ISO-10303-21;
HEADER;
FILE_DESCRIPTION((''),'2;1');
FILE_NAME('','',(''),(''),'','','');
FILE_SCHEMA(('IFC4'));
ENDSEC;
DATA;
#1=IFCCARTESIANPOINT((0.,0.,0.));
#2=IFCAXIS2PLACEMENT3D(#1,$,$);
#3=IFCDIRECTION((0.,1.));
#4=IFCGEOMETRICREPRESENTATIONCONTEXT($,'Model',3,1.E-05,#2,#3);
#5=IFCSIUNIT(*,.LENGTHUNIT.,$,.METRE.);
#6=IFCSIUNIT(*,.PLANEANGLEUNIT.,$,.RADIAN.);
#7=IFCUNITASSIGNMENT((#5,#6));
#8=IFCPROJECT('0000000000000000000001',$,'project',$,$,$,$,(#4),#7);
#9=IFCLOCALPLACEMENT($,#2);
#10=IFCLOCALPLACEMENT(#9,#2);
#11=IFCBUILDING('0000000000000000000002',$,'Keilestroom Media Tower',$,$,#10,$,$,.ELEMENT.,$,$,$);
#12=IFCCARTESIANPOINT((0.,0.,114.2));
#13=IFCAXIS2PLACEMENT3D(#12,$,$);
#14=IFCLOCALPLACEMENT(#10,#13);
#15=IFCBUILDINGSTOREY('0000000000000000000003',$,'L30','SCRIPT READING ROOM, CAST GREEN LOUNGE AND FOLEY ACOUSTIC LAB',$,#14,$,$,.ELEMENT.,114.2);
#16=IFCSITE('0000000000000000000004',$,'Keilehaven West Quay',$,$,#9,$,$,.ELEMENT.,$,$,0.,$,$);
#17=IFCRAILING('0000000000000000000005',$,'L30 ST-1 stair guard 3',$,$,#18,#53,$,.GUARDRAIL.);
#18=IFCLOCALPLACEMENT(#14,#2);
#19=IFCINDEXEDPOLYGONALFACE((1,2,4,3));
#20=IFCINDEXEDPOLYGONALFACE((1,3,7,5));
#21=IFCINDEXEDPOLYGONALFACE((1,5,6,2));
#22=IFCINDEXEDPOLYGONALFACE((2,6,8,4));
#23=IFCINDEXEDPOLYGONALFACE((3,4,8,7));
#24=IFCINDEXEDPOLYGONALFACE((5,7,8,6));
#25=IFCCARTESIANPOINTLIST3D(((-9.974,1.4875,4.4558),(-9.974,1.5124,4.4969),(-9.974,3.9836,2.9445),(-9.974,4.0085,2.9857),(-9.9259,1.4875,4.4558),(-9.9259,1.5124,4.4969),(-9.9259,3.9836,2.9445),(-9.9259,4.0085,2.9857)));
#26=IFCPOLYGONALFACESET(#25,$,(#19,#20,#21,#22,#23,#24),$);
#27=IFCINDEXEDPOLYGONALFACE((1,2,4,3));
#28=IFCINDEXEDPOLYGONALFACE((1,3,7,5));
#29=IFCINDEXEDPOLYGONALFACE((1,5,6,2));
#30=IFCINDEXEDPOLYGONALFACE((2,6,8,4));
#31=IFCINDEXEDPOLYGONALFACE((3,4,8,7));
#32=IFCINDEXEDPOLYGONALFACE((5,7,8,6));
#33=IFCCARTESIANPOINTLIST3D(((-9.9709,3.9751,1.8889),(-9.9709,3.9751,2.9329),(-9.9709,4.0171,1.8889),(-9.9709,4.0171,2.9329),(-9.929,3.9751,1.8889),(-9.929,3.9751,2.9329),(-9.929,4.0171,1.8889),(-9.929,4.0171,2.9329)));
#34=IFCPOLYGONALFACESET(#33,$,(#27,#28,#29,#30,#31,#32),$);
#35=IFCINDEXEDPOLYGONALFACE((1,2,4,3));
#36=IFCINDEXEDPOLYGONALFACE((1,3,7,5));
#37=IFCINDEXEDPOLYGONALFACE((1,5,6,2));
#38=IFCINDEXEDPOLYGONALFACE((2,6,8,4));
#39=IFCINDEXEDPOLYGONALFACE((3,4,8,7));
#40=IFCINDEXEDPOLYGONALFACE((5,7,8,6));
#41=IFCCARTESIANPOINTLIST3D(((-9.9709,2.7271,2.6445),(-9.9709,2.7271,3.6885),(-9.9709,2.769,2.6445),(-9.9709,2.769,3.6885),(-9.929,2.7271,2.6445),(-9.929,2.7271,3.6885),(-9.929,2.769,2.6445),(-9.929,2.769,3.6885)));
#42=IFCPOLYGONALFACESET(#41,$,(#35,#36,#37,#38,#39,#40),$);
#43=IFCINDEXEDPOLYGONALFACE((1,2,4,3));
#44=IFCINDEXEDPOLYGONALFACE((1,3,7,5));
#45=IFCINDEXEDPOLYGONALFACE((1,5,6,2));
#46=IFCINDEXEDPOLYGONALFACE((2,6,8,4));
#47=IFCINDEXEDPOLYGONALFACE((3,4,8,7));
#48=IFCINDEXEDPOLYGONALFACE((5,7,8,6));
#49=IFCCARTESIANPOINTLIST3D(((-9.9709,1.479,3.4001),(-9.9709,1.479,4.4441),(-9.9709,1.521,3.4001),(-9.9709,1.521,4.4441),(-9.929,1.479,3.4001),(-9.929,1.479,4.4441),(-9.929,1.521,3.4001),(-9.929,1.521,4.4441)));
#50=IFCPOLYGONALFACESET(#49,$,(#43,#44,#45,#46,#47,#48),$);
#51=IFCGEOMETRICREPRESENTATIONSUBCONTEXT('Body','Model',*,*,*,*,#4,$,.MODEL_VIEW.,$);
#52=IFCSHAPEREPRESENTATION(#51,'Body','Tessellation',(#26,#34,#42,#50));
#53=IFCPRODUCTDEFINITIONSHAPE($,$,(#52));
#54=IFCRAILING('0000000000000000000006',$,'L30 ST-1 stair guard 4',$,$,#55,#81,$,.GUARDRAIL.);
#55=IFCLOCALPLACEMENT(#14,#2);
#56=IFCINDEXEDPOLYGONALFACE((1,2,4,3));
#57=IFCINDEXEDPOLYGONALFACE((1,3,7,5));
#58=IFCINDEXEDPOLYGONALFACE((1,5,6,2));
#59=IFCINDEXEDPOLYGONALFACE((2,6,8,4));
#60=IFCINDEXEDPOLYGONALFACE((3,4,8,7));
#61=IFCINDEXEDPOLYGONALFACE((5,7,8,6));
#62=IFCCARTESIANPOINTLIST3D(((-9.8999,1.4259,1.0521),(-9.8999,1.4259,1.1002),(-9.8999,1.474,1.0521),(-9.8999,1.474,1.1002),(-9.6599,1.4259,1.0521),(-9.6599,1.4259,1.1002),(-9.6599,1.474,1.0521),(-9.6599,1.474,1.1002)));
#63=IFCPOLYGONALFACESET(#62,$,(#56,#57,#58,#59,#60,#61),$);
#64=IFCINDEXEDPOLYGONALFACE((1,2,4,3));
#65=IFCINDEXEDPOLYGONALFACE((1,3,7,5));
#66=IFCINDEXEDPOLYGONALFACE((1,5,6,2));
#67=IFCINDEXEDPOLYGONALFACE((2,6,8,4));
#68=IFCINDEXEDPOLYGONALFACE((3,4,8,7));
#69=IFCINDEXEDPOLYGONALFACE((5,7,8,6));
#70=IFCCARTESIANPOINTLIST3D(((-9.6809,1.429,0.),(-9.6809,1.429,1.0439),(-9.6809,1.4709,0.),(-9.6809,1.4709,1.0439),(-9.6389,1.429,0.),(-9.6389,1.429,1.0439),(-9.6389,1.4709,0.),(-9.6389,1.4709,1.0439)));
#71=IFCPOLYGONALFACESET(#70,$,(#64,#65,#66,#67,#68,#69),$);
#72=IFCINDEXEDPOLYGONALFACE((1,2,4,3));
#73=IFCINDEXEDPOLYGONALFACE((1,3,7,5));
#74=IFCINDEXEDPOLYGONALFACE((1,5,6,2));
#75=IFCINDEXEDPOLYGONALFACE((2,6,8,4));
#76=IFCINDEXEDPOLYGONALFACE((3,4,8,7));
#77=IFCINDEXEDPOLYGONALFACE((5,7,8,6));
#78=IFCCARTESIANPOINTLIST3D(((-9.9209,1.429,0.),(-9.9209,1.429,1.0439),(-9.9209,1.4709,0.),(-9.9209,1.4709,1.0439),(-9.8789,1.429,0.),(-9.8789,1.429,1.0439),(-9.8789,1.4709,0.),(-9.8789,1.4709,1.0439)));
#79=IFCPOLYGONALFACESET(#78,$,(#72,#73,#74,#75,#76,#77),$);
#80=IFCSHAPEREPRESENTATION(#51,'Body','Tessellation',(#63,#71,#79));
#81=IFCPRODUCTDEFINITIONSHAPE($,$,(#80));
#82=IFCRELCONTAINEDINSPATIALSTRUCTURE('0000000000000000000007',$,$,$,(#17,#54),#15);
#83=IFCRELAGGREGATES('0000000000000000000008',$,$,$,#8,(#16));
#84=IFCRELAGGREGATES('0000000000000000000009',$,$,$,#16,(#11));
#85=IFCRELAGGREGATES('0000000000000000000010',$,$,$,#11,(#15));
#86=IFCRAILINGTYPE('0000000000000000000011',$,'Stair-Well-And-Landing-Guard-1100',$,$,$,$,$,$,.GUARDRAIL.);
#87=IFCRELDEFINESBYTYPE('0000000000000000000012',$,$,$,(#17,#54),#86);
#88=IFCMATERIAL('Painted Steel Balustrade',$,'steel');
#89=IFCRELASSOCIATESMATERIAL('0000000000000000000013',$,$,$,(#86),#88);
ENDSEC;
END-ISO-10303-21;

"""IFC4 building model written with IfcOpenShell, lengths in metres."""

from ifc_helpers import new_model, si_unit, direction, frame, origin, origin_2d, place, context, subcontext, project, spatial, rectangle, extrude, material, type_object, element, save


model = new_model("IFC4")

# Units and contexts
model_context = context("Model", 3, precision=1e-05, world=origin(), true_north=direction((0.0, 1.0)))
body_context = subcontext(model_context, "Body", "Model", "MODEL_VIEW")
ifc_project = project(units=[si_unit("LENGTHUNIT", "METRE"), si_unit("PLANEANGLEUNIT", "RADIAN")], contexts=[model_context])

# Site, building, storey
site_placement = place(None, origin())
site = spatial("IfcSite", under=ifc_project, at=site_placement, Name="Keilehaven West Quay", CompositionType="ELEMENT", RefElevation=0.0)
building_placement = place(site_placement, origin())
building = spatial("IfcBuilding", under=site, at=building_placement, Name="Keilestroom Media Tower", CompositionType="ELEMENT")
storey_placement = place(building_placement, frame((0.0, 0.0, 114.2)))
storey = spatial("IfcBuildingStorey", under=building, at=storey_placement, Name="L30", Description="SCRIPT READING ROOM, CAST GREEN LOUNGE AND FOLEY ACOUSTIC LAB", CompositionType="ELEMENT", Elevation=114.2)

# Railings
ifc_material_1 = material(Name="Painted Steel Balustrade", Category="steel")
railing_type_1 = type_object("IfcRailingType", Name="Stair-Well-And-Landing-Guard-1100", PredefinedType="GUARDRAIL", material=ifc_material_1)
railing_1_placement = place(storey_placement, frame((-9.95, 3.9961, 1.8889)))
element("IfcRailing", 1, at=railing_1_placement, inside=storey, type_object=railing_type_1, Name="L30 ST-1 stair guard 3", PredefinedType="GUARDRAIL", context=body_context, shape_type="SweptSolid", body=[
    extrude(rectangle(XDim=0.0481, YDim=0.0481, at=origin_2d()), frame((0.0, 0.0, 1.0762), z_axis=(0.0, -0.855434, 0.517912), x_axis=(1.0, 0.0, 0.0)), (0.0, 0.0, 1.0), 2.918),
    extrude(rectangle(XDim=0.042, YDim=0.042, at=origin_2d()), origin(), (0.0, 0.0, 1.0), 1.0439),
    extrude(rectangle(XDim=0.042, YDim=0.042, at=origin_2d()), frame((0.0, -1.248, 0.7556)), (0.0, 0.0, 1.0), 1.0439),
    extrude(rectangle(XDim=0.042, YDim=0.042, at=origin_2d()), frame((0.0, -2.4961, 1.5112)), (0.0, 0.0, 1.0), 1.0439),
])
railing_2_placement = place(storey_placement, frame((-9.6599, 1.45, 0.0)))
element("IfcRailing", 2, at=railing_2_placement, inside=storey, type_object=railing_type_1, Name="L30 ST-1 stair guard 4", PredefinedType="GUARDRAIL", context=body_context, shape_type="SweptSolid", body=[
    extrude(rectangle(XDim=0.0481, YDim=0.0481, at=origin_2d()), frame((0.0, 0.0, 1.0762), z_axis=(-1.0, 0.0, 0.0), x_axis=(0.0, -1.0, 0.0)), (0.0, 0.0, 1.0), 0.24),
    extrude(rectangle(XDim=0.042, YDim=0.042, at=origin_2d()), origin(), (0.0, 0.0, 1.0), 1.0439),
    extrude(rectangle(XDim=0.042, YDim=0.042, at=origin_2d()), frame((-0.24, 0.0, 0.0)), (0.0, 0.0, 1.0), 1.0439),
])

save(model, "model.ifc")
